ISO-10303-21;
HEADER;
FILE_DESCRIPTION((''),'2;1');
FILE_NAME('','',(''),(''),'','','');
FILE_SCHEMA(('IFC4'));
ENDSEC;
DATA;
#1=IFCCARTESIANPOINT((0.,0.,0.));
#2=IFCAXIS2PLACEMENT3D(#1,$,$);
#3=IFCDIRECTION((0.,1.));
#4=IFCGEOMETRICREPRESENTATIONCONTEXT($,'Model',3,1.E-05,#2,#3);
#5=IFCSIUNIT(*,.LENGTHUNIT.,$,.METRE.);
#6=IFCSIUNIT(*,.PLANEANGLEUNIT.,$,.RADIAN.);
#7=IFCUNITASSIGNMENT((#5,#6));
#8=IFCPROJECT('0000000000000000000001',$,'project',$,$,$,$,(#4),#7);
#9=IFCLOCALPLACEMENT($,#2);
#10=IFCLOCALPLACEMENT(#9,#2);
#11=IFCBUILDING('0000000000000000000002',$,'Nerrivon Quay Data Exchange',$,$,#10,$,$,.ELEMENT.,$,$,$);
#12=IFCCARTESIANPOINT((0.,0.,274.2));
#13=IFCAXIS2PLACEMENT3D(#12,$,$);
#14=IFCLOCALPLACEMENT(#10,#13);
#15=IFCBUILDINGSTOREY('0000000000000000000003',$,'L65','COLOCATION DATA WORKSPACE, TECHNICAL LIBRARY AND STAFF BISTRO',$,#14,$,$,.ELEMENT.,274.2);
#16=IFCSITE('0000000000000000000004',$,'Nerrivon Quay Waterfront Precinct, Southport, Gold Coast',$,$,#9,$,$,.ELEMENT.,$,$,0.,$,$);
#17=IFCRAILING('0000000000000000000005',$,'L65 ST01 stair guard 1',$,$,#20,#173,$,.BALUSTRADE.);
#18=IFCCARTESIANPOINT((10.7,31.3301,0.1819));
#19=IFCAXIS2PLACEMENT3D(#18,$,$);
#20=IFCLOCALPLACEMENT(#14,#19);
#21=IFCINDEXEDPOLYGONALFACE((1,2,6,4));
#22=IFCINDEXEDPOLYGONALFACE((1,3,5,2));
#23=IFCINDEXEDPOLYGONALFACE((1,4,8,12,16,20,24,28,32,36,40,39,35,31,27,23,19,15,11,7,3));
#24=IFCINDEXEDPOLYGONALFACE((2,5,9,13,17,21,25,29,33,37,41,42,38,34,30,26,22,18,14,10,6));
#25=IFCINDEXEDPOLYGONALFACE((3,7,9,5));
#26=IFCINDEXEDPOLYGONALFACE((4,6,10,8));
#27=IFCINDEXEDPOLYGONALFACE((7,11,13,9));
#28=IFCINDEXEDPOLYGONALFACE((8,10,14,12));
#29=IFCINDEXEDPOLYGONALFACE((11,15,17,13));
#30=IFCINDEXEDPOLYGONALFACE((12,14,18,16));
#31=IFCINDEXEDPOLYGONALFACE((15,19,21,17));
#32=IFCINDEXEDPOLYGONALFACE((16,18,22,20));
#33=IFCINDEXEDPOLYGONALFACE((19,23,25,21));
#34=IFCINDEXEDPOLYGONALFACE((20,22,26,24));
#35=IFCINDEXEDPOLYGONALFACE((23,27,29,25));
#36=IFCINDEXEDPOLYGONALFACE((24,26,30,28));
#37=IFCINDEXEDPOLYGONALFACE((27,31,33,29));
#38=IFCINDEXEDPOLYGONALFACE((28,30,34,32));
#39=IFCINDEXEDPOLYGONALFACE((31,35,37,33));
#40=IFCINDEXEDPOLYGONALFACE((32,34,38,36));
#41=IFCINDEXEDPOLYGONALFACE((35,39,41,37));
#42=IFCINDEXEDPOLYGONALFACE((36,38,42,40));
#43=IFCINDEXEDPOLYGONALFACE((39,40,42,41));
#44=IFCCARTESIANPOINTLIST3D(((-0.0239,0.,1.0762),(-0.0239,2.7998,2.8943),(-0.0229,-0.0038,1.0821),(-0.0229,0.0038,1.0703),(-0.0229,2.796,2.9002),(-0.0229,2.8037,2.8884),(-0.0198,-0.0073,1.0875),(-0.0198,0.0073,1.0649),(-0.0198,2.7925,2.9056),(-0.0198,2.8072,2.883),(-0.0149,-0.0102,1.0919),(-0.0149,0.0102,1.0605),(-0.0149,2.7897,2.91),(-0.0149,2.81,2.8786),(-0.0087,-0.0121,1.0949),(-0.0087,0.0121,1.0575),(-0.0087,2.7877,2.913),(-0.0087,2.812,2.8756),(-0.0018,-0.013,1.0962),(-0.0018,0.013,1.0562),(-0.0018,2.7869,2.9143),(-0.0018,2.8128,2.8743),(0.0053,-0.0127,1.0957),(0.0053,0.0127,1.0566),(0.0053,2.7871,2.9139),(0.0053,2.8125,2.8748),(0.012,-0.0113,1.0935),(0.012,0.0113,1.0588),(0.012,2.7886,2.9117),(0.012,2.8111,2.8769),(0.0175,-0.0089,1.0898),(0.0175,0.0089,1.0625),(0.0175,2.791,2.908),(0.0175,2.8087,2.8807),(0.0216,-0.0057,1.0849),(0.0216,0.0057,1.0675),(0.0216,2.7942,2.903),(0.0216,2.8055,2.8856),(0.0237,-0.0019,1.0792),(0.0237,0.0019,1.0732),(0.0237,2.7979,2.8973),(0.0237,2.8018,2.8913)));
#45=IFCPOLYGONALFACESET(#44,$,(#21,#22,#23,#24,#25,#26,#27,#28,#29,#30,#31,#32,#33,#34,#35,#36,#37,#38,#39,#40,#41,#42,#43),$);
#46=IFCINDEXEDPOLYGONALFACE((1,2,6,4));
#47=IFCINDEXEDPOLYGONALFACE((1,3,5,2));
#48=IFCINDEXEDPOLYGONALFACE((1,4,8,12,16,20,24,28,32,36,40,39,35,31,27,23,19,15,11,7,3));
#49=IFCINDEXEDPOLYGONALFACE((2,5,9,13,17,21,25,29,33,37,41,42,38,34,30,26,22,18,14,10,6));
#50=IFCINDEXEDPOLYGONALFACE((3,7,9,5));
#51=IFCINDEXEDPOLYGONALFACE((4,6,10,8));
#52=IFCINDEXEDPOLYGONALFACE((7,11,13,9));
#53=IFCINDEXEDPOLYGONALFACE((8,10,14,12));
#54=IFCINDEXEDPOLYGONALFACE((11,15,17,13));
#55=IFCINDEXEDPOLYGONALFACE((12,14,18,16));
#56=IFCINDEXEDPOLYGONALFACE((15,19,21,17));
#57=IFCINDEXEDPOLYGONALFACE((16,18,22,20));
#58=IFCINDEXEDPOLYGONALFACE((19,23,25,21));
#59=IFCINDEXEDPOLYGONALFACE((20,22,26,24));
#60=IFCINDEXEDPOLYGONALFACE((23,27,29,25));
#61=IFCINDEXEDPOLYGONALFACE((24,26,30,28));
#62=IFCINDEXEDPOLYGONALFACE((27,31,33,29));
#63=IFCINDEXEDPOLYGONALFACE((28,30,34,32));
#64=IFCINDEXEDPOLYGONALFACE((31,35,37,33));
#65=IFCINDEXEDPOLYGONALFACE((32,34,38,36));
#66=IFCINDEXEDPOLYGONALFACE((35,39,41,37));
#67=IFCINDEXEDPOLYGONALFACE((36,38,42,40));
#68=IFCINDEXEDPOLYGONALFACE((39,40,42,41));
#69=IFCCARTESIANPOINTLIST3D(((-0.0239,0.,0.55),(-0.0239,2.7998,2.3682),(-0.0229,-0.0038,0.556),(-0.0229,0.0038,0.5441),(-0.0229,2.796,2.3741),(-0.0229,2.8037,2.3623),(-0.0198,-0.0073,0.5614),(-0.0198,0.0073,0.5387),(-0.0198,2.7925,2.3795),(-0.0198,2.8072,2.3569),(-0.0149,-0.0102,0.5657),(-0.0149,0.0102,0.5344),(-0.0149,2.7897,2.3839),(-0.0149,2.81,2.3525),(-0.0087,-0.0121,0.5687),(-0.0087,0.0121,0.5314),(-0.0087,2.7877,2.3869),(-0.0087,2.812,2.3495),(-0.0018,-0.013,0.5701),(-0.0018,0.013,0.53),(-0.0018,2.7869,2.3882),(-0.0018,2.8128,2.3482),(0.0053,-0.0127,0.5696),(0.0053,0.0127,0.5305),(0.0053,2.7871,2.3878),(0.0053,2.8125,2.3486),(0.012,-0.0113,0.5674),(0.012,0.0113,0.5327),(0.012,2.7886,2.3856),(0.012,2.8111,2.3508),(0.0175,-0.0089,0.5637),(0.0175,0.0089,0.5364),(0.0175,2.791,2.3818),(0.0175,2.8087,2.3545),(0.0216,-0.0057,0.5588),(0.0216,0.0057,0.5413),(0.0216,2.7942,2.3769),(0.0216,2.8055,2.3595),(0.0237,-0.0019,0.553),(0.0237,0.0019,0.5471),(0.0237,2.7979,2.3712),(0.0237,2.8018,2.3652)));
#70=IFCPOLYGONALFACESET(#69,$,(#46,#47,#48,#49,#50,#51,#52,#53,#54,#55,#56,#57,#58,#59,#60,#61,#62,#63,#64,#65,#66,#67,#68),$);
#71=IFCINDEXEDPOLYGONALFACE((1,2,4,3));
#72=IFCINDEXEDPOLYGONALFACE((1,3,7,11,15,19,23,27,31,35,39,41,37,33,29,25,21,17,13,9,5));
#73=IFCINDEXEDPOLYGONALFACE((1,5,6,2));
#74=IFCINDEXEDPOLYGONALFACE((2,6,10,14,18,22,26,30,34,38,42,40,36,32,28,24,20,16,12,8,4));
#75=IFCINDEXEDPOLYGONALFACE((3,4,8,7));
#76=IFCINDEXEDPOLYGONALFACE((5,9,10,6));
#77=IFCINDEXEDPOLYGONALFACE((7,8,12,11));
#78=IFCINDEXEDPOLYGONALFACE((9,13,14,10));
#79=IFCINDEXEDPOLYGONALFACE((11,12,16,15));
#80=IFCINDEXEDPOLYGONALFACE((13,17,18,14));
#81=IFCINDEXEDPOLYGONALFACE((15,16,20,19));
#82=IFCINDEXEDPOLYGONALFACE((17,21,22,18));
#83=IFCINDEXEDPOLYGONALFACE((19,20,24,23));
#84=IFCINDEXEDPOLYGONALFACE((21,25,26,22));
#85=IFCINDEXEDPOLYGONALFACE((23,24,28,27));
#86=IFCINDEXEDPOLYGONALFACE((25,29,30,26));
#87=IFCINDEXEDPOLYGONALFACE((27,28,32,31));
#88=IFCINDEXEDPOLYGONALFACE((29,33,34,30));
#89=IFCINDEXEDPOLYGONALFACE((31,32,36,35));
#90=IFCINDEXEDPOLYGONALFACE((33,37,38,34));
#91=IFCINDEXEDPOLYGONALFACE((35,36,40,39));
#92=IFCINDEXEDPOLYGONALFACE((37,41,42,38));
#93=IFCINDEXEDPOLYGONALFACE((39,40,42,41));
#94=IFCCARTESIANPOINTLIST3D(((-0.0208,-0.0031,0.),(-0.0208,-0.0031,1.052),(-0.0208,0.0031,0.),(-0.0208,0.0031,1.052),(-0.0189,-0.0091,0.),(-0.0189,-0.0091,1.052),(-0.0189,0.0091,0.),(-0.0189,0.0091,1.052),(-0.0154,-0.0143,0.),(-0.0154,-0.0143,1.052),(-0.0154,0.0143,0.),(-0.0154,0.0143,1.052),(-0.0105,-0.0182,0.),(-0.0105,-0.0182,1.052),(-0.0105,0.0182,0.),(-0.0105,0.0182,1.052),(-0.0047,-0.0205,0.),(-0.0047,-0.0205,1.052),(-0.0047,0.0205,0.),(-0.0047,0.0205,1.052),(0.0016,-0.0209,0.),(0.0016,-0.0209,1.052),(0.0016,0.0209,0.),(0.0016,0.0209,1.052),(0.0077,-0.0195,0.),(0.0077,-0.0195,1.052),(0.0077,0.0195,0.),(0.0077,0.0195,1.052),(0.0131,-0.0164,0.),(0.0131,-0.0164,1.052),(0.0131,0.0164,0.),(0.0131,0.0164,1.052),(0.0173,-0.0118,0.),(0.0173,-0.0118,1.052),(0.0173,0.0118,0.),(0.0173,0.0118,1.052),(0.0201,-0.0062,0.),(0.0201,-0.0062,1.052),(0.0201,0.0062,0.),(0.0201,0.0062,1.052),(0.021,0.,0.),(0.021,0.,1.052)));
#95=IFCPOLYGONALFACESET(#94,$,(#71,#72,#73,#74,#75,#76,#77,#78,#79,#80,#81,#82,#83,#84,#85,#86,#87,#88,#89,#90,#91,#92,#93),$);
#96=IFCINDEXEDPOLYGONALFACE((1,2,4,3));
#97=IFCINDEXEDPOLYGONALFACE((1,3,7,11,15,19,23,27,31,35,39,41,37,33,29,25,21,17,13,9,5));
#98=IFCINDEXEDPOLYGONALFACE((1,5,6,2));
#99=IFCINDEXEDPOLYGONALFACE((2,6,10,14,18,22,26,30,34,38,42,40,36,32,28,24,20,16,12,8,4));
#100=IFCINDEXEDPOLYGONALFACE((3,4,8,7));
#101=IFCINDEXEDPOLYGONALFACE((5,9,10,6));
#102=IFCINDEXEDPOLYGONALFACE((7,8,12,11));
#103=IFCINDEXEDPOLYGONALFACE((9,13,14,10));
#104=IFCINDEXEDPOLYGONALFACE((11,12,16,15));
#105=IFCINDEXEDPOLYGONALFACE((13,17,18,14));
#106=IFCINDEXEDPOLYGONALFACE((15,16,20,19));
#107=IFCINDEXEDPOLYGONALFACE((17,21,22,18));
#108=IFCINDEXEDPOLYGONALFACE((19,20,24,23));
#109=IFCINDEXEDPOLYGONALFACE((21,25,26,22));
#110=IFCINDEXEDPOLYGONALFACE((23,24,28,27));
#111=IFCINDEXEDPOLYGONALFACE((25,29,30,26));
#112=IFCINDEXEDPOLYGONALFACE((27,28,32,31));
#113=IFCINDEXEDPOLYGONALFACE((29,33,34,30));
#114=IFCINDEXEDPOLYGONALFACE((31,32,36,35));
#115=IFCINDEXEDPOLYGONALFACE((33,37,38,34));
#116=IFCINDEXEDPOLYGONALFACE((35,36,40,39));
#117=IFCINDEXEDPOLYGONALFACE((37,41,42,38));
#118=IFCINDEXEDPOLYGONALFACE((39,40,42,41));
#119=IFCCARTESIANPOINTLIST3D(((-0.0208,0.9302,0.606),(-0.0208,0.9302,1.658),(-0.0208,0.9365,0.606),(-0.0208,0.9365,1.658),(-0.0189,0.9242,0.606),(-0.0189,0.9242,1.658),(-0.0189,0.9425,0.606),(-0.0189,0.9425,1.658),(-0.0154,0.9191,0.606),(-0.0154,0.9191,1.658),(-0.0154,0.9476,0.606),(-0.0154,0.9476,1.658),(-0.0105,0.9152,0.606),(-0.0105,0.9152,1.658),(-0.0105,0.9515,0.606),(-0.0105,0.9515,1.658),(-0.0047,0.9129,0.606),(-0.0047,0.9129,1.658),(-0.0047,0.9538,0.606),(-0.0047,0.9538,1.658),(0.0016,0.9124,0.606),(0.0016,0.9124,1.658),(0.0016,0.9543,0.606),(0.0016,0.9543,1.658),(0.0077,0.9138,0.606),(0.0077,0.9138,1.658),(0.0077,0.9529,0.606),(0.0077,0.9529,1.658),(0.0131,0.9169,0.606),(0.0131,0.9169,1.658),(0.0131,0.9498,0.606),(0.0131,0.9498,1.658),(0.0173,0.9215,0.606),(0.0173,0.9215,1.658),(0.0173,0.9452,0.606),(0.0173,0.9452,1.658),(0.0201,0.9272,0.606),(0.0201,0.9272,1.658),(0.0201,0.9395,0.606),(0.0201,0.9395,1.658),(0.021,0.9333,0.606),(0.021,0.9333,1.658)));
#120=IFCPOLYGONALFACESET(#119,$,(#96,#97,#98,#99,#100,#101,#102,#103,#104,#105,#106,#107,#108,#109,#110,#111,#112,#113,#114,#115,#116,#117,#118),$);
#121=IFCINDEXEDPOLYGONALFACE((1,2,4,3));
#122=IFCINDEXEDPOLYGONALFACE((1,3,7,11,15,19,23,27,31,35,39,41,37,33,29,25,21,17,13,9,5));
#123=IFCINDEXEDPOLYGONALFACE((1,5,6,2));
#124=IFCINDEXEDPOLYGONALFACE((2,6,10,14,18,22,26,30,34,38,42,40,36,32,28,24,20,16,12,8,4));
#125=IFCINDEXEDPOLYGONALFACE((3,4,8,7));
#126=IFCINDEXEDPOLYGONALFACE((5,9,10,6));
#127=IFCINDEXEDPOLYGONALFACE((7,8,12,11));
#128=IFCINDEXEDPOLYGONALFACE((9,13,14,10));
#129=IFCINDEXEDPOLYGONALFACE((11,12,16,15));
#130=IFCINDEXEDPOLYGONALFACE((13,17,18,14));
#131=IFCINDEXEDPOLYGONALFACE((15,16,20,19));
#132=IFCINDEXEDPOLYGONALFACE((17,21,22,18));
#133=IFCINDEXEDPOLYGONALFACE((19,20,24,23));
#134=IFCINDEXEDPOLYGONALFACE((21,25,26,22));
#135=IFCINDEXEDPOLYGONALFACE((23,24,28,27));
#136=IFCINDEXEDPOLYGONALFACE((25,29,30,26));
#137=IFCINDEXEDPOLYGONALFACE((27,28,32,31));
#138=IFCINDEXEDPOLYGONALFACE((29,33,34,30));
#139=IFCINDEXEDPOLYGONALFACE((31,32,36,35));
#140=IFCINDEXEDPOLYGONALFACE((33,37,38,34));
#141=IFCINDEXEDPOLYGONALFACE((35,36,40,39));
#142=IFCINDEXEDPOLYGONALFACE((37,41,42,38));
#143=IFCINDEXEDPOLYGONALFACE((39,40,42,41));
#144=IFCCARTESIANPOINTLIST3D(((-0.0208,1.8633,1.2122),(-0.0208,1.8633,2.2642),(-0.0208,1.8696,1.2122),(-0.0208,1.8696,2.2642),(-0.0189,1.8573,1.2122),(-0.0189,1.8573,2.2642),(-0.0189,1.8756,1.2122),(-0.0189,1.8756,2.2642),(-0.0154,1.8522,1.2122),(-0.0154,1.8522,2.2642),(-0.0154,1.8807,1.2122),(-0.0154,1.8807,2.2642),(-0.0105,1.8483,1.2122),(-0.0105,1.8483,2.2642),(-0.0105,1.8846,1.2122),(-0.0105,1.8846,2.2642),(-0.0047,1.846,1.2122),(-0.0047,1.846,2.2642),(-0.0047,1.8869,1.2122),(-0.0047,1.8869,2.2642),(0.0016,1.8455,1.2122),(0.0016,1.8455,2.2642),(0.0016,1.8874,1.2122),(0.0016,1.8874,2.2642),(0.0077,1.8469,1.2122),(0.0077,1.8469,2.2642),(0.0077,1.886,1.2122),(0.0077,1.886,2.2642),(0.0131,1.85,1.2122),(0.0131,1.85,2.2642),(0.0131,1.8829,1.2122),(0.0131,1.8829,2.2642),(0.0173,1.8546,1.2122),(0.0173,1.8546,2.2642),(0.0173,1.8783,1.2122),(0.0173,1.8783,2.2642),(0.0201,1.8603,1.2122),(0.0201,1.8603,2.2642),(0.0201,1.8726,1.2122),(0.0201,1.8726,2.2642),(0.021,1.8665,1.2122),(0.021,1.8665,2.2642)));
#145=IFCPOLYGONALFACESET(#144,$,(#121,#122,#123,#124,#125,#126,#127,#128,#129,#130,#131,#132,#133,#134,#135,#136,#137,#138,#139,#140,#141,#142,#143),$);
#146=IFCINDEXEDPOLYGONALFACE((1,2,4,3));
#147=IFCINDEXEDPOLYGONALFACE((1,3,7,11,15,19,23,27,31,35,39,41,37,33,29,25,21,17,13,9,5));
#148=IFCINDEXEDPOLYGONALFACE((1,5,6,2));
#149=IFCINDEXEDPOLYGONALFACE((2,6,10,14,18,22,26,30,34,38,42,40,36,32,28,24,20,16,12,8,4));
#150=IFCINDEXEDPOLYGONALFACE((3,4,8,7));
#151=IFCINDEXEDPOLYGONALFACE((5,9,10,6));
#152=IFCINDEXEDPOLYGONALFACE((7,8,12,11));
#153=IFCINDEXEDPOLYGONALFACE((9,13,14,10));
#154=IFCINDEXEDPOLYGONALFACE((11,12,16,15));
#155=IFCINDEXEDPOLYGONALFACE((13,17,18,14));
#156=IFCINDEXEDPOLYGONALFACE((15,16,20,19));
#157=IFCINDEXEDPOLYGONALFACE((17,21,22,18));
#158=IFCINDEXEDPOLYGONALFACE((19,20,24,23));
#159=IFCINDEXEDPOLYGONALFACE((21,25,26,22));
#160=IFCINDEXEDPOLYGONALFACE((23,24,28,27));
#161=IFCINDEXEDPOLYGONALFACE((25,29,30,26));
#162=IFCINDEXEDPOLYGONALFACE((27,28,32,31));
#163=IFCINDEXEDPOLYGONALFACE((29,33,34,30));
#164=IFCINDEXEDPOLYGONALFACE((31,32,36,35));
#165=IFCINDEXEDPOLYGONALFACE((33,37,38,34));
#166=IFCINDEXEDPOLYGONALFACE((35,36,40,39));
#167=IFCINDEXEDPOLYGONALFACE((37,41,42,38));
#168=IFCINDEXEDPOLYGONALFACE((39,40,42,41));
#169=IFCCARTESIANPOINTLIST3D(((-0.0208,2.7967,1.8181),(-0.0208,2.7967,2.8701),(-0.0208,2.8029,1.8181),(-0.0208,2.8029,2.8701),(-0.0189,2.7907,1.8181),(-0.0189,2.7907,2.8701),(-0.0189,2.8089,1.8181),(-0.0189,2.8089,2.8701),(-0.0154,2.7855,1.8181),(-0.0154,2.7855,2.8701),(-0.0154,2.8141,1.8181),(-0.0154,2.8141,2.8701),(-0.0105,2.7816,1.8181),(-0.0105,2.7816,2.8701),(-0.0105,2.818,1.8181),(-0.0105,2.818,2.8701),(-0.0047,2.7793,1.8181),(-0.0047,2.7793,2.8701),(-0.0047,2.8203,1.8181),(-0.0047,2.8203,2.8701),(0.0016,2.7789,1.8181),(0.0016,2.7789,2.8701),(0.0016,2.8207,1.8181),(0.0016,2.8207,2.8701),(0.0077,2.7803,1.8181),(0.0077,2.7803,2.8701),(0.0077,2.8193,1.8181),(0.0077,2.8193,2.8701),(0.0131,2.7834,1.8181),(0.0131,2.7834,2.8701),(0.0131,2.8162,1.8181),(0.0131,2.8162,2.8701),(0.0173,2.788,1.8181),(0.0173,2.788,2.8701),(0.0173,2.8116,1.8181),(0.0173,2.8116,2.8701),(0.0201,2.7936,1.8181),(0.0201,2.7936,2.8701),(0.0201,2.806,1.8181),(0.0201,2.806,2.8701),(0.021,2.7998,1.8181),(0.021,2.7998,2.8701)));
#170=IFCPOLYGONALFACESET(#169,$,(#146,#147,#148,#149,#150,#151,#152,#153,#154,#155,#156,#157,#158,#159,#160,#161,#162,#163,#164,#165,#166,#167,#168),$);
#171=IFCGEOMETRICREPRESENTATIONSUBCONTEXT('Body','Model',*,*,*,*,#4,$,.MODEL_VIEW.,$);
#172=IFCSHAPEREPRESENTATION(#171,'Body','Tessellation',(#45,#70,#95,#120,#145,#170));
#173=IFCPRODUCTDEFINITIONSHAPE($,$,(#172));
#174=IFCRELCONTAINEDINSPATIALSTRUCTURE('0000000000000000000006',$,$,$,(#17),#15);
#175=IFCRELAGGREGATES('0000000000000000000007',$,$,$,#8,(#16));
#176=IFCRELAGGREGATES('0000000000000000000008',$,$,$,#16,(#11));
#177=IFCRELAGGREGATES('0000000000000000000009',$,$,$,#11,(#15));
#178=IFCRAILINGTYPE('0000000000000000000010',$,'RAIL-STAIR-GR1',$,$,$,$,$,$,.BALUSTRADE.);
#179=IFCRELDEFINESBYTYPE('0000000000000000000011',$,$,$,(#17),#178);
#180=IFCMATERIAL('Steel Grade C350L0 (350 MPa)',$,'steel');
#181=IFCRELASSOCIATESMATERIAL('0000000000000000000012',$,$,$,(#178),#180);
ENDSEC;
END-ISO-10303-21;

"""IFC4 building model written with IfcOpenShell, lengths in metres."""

from ifc_helpers import new_model, si_unit, direction, frame, origin, origin_2d, place, context, subcontext, project, spatial, circle, extrude, material, type_object, element, save


model = new_model("IFC4")

# Units and contexts
model_context = context("Model", 3, precision=1e-05, world=origin(), true_north=direction((0.0, 1.0)))
body_context = subcontext(model_context, "Body", "Model", "MODEL_VIEW")
ifc_project = project(units=[si_unit("LENGTHUNIT", "METRE"), si_unit("PLANEANGLEUNIT", "RADIAN")], contexts=[model_context])

# Site, building, storey
site_placement = place(None, origin())
site = spatial("IfcSite", under=ifc_project, at=site_placement, Name="Nerrivon Quay Waterfront Precinct, Southport, Gold Coast", CompositionType="ELEMENT", RefElevation=0.0)
building_placement = place(site_placement, origin())
building = spatial("IfcBuilding", under=site, at=building_placement, Name="Nerrivon Quay Data Exchange", CompositionType="ELEMENT")
storey_placement = place(building_placement, frame((0.0, 0.0, 274.2)))
storey = spatial("IfcBuildingStorey", under=building, at=storey_placement, Name="L65", Description="COLOCATION DATA WORKSPACE, TECHNICAL LIBRARY AND STAFF BISTRO", CompositionType="ELEMENT", Elevation=274.2)

# Railing
ifc_material_1 = material(Name="Steel Grade C350L0 (350 MPa)", Category="steel")
railing_type_1 = type_object("IfcRailingType", Name="RAIL-STAIR-GR1", PredefinedType="BALUSTRADE", material=ifc_material_1)
railing_1_placement = place(storey_placement, frame((10.7, 31.3301, 0.1819)))
element("IfcRailing", 1, at=railing_1_placement, inside=storey, type_object=railing_type_1, Name="L65 ST01 stair guard 1", PredefinedType="BALUSTRADE", context=body_context, shape_type="SweptSolid", body=[
    extrude(circle(Radius=0.0239, at=origin_2d()), frame((0.0, 0.0, 1.0762), z_axis=(0.0, 0.838684, 0.544618), x_axis=(-1.0, 0.0, 0.0)), (0.0, 0.0, 1.0), 3.3384),
    extrude(circle(Radius=0.0239, at=origin_2d()), frame((0.0, 0.0, 0.55), z_axis=(0.0, 0.838684, 0.544618), x_axis=(-1.0, 0.0, 0.0)), (0.0, 0.0, 1.0), 3.3384),
    extrude(circle(Radius=0.021, at=origin_2d()), origin(), (0.0, 0.0, 1.0), 1.052),
    extrude(circle(Radius=0.021, at=origin_2d()), frame((0.0, 0.9333, 0.606)), (0.0, 0.0, 1.0), 1.052),
    extrude(circle(Radius=0.021, at=origin_2d()), frame((0.0, 1.8665, 1.2122)), (0.0, 0.0, 1.0), 1.052),
    extrude(circle(Radius=0.021, at=origin_2d()), frame((0.0, 2.7998, 1.8181)), (0.0, 0.0, 1.0), 1.052),
])

save(model, "model.ifc")
